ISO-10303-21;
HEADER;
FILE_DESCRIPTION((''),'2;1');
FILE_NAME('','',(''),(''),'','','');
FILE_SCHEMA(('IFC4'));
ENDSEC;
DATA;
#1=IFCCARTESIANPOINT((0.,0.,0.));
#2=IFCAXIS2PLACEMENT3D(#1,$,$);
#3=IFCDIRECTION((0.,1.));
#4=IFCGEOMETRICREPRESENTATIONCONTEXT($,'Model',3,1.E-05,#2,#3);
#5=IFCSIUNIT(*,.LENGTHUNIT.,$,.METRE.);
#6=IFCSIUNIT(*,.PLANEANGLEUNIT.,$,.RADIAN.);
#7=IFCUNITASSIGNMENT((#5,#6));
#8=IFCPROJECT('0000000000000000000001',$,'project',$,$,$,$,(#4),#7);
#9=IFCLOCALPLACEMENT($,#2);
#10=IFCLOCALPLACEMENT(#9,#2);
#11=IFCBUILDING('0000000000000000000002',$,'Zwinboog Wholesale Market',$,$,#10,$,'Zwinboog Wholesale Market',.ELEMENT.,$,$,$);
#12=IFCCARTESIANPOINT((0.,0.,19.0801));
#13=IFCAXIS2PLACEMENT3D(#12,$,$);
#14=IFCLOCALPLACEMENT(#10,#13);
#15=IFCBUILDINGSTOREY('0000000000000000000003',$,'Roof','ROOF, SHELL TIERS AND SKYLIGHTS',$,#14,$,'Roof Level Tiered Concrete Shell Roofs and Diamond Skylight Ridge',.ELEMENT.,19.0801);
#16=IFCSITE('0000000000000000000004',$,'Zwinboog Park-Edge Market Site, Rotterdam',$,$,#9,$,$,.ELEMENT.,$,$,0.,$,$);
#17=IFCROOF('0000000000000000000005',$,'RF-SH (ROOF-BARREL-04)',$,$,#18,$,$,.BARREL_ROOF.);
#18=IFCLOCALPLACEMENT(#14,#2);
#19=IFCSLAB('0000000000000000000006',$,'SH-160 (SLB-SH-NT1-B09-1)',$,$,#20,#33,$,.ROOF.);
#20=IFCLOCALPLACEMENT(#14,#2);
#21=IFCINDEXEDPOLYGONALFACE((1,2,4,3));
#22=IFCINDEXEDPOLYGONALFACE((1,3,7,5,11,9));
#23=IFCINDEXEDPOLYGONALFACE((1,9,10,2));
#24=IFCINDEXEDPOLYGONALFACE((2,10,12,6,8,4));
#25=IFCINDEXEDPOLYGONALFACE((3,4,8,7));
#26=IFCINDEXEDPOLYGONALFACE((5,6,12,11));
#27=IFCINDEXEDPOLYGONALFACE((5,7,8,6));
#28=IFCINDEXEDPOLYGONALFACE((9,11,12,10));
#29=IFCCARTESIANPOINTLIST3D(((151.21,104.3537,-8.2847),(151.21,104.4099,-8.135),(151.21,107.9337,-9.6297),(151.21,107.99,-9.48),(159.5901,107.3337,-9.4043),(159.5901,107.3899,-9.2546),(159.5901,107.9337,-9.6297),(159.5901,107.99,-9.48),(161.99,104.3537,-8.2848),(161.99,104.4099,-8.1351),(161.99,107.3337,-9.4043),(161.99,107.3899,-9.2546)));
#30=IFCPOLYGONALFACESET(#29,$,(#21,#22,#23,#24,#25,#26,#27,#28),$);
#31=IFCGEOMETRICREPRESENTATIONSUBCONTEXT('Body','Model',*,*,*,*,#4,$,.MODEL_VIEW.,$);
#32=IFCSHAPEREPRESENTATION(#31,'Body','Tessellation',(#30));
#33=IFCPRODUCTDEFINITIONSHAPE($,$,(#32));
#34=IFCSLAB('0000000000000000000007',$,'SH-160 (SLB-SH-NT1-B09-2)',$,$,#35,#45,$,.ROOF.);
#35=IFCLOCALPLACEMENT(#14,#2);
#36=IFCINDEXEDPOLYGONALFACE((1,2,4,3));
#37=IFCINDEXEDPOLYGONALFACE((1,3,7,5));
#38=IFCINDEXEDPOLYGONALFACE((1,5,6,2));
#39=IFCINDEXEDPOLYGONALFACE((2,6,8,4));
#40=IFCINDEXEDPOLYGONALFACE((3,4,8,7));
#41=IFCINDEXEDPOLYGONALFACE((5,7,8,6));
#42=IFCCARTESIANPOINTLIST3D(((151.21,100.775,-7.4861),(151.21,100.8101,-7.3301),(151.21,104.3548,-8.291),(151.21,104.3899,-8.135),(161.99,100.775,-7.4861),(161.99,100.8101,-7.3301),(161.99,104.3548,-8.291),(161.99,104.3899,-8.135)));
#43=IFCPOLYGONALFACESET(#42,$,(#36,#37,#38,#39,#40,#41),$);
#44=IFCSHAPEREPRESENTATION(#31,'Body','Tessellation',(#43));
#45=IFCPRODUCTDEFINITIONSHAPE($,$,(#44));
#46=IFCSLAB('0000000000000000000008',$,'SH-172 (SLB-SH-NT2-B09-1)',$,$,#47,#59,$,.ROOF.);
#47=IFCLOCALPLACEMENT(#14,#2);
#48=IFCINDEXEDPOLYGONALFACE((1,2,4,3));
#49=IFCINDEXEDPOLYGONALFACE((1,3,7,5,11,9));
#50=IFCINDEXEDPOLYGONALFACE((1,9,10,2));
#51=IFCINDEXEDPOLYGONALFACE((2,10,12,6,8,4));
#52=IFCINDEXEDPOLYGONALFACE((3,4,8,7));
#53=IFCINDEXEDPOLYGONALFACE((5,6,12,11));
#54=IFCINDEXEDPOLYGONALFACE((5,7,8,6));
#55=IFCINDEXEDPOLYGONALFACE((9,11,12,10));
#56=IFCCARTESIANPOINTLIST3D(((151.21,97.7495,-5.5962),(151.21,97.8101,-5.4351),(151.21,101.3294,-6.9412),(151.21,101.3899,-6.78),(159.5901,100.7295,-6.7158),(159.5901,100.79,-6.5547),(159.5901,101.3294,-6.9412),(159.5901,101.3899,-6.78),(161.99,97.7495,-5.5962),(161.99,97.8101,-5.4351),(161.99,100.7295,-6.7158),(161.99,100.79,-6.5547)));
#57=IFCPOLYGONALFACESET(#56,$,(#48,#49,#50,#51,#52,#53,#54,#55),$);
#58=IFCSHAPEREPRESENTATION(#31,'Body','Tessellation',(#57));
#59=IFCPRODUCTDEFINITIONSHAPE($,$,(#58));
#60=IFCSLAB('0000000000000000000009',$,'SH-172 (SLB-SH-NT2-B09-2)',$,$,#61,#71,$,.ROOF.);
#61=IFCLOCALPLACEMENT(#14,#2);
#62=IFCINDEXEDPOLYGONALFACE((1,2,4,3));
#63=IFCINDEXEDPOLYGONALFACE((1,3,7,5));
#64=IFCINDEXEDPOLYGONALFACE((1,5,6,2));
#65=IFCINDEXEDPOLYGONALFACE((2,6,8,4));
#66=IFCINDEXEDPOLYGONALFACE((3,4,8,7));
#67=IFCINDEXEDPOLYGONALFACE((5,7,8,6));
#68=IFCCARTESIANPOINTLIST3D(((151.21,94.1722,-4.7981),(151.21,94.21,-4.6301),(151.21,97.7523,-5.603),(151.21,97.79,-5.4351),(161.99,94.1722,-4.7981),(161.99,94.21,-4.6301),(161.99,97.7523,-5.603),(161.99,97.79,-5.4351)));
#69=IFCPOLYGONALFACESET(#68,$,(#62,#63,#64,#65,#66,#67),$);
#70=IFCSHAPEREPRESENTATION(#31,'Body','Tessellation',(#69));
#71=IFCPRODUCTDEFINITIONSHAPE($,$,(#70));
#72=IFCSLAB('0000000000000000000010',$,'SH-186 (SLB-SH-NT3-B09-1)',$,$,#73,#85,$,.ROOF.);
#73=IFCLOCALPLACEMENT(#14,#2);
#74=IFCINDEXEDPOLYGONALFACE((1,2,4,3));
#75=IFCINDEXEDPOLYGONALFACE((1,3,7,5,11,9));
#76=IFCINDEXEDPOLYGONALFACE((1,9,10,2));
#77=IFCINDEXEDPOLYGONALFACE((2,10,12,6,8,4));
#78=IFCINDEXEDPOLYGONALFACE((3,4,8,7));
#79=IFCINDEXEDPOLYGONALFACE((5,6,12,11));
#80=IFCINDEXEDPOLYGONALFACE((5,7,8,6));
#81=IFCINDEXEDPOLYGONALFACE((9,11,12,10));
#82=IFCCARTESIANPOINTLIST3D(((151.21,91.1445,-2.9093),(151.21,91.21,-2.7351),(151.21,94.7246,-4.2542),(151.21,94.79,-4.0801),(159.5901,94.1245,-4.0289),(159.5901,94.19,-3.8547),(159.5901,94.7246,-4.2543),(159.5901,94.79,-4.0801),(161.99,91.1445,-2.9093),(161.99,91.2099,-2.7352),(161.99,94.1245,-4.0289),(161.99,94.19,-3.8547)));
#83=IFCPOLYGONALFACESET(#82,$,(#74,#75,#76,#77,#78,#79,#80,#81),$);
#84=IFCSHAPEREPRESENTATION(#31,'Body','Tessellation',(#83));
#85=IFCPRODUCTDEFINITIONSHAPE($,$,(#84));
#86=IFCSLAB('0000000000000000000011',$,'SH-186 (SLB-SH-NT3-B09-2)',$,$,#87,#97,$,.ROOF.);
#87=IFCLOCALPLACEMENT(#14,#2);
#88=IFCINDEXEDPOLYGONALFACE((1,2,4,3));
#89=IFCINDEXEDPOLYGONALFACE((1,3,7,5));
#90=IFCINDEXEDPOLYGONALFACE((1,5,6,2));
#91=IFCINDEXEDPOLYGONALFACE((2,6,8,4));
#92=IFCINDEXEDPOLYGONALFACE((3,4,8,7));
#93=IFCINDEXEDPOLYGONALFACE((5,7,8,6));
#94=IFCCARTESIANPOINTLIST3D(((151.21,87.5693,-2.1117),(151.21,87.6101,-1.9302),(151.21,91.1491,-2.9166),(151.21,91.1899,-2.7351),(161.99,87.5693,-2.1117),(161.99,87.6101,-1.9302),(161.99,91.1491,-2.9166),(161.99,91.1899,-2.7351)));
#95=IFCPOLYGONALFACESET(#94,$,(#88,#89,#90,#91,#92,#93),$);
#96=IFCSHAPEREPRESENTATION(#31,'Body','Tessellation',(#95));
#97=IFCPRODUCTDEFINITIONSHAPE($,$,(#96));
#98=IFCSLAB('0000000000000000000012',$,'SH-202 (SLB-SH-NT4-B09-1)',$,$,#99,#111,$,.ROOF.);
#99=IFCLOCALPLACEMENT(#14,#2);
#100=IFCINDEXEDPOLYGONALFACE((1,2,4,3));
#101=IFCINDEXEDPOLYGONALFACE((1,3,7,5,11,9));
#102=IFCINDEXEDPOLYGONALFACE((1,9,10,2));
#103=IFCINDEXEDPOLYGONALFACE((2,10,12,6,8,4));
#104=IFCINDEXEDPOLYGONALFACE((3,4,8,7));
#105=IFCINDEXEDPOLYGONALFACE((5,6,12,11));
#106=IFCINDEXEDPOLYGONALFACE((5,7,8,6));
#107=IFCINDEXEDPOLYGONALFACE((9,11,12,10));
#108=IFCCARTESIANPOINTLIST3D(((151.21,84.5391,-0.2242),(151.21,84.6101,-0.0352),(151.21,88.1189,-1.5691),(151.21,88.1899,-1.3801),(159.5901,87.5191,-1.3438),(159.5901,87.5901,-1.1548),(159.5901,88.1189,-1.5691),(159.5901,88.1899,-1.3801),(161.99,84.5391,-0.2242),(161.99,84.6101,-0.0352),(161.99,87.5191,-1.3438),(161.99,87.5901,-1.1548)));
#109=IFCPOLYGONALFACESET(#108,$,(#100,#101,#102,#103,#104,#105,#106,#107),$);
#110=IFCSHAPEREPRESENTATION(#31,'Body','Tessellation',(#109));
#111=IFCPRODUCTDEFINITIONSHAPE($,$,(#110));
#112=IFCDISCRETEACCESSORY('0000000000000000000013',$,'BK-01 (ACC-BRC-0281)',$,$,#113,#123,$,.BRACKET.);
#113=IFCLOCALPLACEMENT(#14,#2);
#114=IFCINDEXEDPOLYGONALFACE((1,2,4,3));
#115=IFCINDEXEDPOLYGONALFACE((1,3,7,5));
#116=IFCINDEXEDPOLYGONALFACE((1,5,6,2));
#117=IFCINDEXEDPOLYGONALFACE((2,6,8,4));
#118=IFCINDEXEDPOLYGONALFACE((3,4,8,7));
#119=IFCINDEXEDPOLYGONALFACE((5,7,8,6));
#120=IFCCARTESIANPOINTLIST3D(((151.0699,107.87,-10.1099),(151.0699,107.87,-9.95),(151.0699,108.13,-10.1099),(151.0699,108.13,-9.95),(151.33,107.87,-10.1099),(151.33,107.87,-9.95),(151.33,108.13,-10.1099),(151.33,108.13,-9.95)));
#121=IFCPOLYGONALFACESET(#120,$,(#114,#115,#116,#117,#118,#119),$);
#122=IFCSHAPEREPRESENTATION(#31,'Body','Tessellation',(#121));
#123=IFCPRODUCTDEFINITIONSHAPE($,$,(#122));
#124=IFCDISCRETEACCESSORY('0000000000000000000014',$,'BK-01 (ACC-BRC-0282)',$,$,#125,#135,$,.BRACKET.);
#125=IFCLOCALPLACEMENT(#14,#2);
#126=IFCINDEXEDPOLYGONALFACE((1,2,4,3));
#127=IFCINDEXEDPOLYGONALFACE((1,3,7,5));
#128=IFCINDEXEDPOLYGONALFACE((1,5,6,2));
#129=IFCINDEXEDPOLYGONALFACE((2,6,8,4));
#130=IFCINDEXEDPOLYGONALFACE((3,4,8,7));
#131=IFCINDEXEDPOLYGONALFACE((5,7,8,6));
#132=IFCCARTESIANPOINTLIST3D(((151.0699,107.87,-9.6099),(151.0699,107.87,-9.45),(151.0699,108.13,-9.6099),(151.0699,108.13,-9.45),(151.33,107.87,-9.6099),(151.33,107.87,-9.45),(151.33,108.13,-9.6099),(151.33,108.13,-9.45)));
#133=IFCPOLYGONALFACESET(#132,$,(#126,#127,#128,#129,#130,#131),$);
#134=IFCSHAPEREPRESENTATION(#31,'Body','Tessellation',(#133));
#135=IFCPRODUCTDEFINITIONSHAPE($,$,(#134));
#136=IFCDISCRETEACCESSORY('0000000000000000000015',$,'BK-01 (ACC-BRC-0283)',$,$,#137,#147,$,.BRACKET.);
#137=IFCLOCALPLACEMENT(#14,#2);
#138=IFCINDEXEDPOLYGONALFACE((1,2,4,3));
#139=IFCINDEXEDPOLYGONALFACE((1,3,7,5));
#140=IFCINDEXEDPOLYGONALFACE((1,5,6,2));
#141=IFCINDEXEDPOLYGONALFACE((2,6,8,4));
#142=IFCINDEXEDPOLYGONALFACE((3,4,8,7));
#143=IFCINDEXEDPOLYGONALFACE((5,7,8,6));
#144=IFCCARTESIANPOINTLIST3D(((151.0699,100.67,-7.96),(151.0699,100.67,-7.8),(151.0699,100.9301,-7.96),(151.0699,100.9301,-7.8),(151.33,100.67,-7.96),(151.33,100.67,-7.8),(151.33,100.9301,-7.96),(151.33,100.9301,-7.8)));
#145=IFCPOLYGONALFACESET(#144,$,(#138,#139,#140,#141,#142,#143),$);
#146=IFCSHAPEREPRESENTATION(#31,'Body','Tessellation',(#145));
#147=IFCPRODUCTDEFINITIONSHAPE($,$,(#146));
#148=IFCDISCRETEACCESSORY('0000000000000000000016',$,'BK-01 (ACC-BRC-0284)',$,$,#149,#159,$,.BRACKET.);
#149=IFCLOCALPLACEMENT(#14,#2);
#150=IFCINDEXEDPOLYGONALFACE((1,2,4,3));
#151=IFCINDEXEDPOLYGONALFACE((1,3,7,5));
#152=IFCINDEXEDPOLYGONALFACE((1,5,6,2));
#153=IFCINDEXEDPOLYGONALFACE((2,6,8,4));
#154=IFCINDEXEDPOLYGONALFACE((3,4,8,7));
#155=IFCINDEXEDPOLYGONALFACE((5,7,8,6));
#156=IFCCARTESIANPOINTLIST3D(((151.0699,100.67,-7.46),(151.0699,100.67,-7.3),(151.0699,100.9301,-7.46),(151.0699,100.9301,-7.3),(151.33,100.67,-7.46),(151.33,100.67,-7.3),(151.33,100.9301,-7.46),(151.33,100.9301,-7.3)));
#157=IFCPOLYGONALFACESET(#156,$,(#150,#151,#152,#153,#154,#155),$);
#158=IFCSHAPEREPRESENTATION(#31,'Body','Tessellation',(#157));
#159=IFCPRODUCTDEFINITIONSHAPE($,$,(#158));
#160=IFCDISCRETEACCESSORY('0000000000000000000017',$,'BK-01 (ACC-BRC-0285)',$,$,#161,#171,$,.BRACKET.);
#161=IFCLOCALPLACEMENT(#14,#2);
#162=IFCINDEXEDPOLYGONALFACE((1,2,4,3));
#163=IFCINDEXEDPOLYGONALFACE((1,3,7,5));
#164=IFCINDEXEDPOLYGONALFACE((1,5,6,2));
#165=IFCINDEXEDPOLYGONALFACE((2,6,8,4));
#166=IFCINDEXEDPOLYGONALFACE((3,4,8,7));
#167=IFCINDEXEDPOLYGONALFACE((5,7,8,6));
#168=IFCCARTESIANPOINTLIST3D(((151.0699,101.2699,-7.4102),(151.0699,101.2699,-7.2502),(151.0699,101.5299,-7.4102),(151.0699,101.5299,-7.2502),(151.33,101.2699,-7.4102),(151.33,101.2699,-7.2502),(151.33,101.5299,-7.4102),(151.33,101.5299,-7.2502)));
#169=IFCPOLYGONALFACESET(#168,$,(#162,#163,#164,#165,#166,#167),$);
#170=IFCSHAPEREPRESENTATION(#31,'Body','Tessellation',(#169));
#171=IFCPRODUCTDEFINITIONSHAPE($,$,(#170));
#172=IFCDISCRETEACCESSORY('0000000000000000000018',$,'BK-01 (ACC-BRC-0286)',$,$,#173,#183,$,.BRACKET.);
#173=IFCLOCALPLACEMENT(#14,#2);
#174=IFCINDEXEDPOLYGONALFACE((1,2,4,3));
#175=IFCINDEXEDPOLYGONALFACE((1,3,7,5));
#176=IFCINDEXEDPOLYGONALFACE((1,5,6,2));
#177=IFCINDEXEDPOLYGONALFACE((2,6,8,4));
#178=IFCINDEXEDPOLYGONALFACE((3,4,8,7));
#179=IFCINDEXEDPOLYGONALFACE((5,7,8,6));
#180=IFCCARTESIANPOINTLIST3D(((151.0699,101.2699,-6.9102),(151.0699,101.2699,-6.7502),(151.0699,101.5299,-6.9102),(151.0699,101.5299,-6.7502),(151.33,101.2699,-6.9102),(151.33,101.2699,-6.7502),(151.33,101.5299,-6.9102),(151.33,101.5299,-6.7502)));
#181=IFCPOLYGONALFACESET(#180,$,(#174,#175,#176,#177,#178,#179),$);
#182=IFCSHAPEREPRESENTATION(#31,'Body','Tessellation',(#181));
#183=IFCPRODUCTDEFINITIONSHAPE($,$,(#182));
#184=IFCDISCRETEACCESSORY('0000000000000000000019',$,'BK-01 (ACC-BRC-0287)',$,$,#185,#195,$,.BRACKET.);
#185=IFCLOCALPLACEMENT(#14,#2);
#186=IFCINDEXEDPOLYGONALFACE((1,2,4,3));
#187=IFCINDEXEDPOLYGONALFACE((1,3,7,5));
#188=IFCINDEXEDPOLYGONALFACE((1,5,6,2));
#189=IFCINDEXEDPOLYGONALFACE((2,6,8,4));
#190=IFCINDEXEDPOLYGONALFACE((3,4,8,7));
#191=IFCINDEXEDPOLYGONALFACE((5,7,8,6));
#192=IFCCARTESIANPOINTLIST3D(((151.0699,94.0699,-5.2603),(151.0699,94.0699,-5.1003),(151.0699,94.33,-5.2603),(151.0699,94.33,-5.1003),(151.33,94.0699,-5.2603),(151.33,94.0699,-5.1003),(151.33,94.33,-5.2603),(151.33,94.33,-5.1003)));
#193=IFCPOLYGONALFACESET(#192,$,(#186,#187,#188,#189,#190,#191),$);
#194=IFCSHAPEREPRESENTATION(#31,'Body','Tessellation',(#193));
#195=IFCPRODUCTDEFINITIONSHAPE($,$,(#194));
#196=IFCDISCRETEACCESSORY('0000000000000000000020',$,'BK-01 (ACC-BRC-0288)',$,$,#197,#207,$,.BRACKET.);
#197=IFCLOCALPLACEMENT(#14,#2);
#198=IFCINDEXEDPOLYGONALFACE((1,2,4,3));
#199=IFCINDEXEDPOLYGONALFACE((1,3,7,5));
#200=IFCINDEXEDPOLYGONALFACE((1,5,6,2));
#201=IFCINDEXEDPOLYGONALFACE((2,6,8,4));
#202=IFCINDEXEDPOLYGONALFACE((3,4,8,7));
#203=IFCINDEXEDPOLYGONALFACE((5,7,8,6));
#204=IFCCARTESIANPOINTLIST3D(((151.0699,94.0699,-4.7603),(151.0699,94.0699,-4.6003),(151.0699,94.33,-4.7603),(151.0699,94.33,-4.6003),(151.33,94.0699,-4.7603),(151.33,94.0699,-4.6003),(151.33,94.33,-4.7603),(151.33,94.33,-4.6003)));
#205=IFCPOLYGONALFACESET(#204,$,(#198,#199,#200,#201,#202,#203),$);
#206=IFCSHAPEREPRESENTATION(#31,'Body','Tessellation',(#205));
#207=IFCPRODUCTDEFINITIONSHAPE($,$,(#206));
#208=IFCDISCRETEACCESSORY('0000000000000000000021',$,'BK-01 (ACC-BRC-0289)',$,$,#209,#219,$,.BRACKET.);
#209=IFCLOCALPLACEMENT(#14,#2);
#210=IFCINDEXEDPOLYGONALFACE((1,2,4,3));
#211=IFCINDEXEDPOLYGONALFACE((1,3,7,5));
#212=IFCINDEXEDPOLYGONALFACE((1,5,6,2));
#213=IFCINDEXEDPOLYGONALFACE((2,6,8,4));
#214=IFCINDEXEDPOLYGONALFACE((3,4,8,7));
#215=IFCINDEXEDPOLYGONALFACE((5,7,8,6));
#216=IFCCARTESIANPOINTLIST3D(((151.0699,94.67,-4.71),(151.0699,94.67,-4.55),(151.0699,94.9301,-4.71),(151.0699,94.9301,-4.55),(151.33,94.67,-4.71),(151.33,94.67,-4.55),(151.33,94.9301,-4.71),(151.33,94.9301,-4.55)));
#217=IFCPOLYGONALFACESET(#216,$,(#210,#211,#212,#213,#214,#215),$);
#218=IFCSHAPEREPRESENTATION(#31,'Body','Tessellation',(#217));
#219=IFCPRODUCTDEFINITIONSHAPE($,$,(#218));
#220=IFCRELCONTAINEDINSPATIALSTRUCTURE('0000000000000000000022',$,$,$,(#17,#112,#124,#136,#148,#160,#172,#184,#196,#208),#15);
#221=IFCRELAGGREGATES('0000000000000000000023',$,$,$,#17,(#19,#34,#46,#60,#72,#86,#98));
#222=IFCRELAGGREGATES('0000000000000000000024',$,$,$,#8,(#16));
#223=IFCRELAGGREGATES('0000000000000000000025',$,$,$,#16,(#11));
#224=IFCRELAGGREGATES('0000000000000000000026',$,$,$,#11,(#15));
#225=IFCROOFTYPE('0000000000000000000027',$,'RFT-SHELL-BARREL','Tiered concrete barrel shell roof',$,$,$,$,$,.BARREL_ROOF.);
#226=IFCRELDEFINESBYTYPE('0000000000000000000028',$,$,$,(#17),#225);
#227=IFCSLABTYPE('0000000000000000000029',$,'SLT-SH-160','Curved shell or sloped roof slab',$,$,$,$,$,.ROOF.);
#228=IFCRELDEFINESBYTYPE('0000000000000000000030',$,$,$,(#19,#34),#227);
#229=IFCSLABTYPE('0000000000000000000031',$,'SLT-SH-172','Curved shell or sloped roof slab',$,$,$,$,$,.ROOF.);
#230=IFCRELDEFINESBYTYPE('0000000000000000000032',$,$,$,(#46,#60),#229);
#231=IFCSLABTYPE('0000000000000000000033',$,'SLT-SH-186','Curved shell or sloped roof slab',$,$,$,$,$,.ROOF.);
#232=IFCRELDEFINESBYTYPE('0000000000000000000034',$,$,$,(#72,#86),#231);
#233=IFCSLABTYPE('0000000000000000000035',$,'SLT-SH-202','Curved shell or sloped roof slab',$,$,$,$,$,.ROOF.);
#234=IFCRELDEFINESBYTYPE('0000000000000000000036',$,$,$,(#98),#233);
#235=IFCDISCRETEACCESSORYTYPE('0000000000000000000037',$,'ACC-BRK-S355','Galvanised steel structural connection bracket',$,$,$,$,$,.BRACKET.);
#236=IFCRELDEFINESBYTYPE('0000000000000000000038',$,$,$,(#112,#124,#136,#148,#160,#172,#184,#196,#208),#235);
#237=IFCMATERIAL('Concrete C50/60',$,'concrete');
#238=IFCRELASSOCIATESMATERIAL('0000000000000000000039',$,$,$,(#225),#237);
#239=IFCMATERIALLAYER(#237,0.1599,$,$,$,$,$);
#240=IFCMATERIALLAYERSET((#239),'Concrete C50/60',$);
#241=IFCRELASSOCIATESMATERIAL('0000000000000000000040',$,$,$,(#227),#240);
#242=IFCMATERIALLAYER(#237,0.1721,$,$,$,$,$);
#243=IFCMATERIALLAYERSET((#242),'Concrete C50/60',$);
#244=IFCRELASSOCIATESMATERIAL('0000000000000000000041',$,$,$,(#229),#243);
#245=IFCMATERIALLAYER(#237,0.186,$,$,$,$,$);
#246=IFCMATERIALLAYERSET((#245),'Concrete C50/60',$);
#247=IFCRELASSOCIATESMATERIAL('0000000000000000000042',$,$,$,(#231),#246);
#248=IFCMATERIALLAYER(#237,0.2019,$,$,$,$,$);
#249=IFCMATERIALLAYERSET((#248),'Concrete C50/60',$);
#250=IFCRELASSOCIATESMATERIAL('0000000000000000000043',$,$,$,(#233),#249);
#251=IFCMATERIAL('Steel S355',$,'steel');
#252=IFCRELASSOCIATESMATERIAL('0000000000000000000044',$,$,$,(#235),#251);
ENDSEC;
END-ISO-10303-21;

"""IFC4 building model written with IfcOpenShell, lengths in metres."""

from ifc_helpers import new_model, si_unit, direction, frame, origin, origin_2d, place, context, subcontext, project, spatial, polyline, rectangle, outline, extrude, material, layer, layer_set, type_object, element, aggregate, save


model = new_model("IFC4")

# Units and contexts
model_context = context("Model", 3, precision=1e-05, world=origin(), true_north=direction((0.0, 1.0)))
body_context = subcontext(model_context, "Body", "Model", "MODEL_VIEW")
ifc_project = project(units=[si_unit("LENGTHUNIT", "METRE"), si_unit("PLANEANGLEUNIT", "RADIAN")], contexts=[model_context])

# Site, building, storey
site_placement = place(None, origin())
site = spatial("IfcSite", under=ifc_project, at=site_placement, Name="Zwinboog Park-Edge Market Site, Rotterdam", CompositionType="ELEMENT", RefElevation=0.0)
building_placement = place(site_placement, origin())
building = spatial("IfcBuilding", under=site, at=building_placement, Name="Zwinboog Wholesale Market", LongName="Zwinboog Wholesale Market", CompositionType="ELEMENT")
storey_placement = place(building_placement, frame((0.0, 0.0, 19.0801)))
storey = spatial("IfcBuildingStorey", under=building, at=storey_placement, Name="Roof", Description="ROOF, SHELL TIERS AND SKYLIGHTS", LongName="Roof Level Tiered Concrete Shell Roofs and Diamond Skylight Ridge", CompositionType="ELEMENT", Elevation=19.0801)

# Shared definitions
ifc_material_1 = material(Name="Steel S355", Category="steel")

# Roof, slabs
ifc_material_2 = material(Name="Concrete C50/60", Category="concrete")
roof_type = type_object("IfcRoofType", Name="RFT-SHELL-BARREL", Description="Tiered concrete barrel shell roof", PredefinedType="BARREL_ROOF", material=ifc_material_2)
roof_placement = place(storey_placement, origin())
roof = element("IfcRoof", 1, at=roof_placement, inside=storey, type_object=roof_type, Name="RF-SH (ROOF-BARREL-04)", PredefinedType="BARREL_ROOF")
ifc_layer_1 = layer(ifc_material_2, 0.1599)
ifc_layer_set_1 = layer_set([ifc_layer_1], Name="Concrete C50/60")
slab_type_1 = type_object("IfcSlabType", Name="SLT-SH-160", Description="Curved shell or sloped roof slab", PredefinedType="ROOF", material=ifc_layer_set_1)
slab_1_placement = place(storey_placement, frame((151.21, 104.4099, -8.135), z_axis=(0.000005, 0.351689, 0.936117), x_axis=(1.0, -0.000002, -0.000004)))
slab_1 = element("IfcSlab", 2, at=slab_1_placement, type_object=slab_type_1, Name="SH-160 (SLB-SH-NT1-B09-1)", PredefinedType="ROOF", context=body_context, shape_type="SweptSolid", body=[
    extrude(outline(polyline([(0.0, 0.0), (10.78, 0.0), (10.78, 3.1834), (8.3801, 3.1834), (8.3801, 3.8244), (0.0, 3.8244), (0.0, 0.0)])), origin(), (0.0, 0.0, -1.0), 0.1599),
])
slab_2_placement = place(storey_placement, frame((151.21, 100.8101, -7.3301), z_axis=(0.0, 0.219374, 0.975641), x_axis=(1.0, 0.0, 0.0)))
slab_2 = element("IfcSlab", 3, at=slab_2_placement, type_object=slab_type_1, Name="SH-160 (SLB-SH-NT1-B09-2)", PredefinedType="ROOF", context=body_context, shape_type="SweptSolid", body=[
    extrude(outline(polyline([(0.0, 0.0), (10.78, 0.0), (10.78, 3.6692), (0.0, 3.6692), (0.0, 0.0)])), origin(), (0.0, 0.0, -1.0), 0.1599),
])
ifc_layer_2 = layer(ifc_material_2, 0.1721)
ifc_layer_set_2 = layer_set([ifc_layer_2], Name="Concrete C50/60")
slab_type_2 = type_object("IfcSlabType", Name="SLT-SH-172", Description="Curved shell or sloped roof slab", PredefinedType="ROOF", material=ifc_layer_set_2)
slab_3_placement = place(storey_placement, frame((151.21, 97.8101, -5.4351), z_axis=(0.000001, 0.351706, 0.936111), x_axis=(1.0, 0.0, -0.000001)))
slab_3 = element("IfcSlab", 4, at=slab_3_placement, type_object=slab_type_2, Name="SH-172 (SLB-SH-NT2-B09-1)", PredefinedType="ROOF", context=body_context, shape_type="SweptSolid", body=[
    extrude(outline(polyline([(0.0, 0.0), (10.78, 0.0), (10.78, 3.1834), (8.3801, 3.1834), (8.3801, 3.8242), (0.0, 3.8242), (0.0, 0.0)])), origin(), (0.0, 0.0, -1.0), 0.1721),
])
slab_4_placement = place(storey_placement, frame((151.21, 94.21, -4.6301), z_axis=(0.0, 0.21936, 0.975644), x_axis=(1.0, 0.0, 0.0)))
slab_4 = element("IfcSlab", 5, at=slab_4_placement, type_object=slab_type_2, Name="SH-172 (SLB-SH-NT2-B09-2)", PredefinedType="ROOF", context=body_context, shape_type="SweptSolid", body=[
    extrude(outline(polyline([(0.0, 0.0), (10.78, 0.0), (10.78, 3.6695), (0.0, 3.6695), (0.0, 0.0)])), origin(), (0.0, 0.0, -1.0), 0.1721),
])
ifc_layer_3 = layer(ifc_material_2, 0.186)
ifc_layer_set_3 = layer_set([ifc_layer_3], Name="Concrete C50/60")
slab_type_3 = type_object("IfcSlabType", Name="SLT-SH-186", Description="Curved shell or sloped roof slab", PredefinedType="ROOF", material=ifc_layer_set_3)
slab_5_placement = place(storey_placement, frame((151.21, 91.21, -2.7351), z_axis=(0.000005, 0.351689, 0.936117), x_axis=(1.0, -0.000002, -0.000004)))
slab_5 = element("IfcSlab", 6, at=slab_5_placement, type_object=slab_type_3, Name="SH-186 (SLB-SH-NT3-B09-1)", PredefinedType="ROOF", context=body_context, shape_type="SweptSolid", body=[
    extrude(outline(polyline([(0.0, 0.0), (10.78, 0.0), (10.78, 3.1834), (8.3801, 3.1834), (8.3801, 3.8244), (0.0, 3.8244), (0.0, 0.0)])), origin(), (0.0, 0.0, -1.0), 0.186),
])
slab_6_placement = place(storey_placement, frame((151.21, 87.6101, -1.9302), z_axis=(0.0, 0.219374, 0.975641), x_axis=(1.0, 0.0, 0.0)))
slab_6 = element("IfcSlab", 7, at=slab_6_placement, type_object=slab_type_3, Name="SH-186 (SLB-SH-NT3-B09-2)", PredefinedType="ROOF", context=body_context, shape_type="SweptSolid", body=[
    extrude(outline(polyline([(0.0, 0.0), (10.78, 0.0), (10.78, 3.6692), (0.0, 3.6692), (0.0, 0.0)])), origin(), (0.0, 0.0, -1.0), 0.186),
])
ifc_layer_4 = layer(ifc_material_2, 0.2019)
ifc_layer_set_4 = layer_set([ifc_layer_4], Name="Concrete C50/60")
slab_type_4 = type_object("IfcSlabType", Name="SLT-SH-202", Description="Curved shell or sloped roof slab", PredefinedType="ROOF", material=ifc_layer_set_4)
slab_7_placement = place(storey_placement, frame((151.21, 84.6101, -0.0352), z_axis=(0.000001, 0.351706, 0.936111), x_axis=(1.0, 0.0, -0.000001)))
slab_7 = element("IfcSlab", 8, at=slab_7_placement, type_object=slab_type_4, Name="SH-202 (SLB-SH-NT4-B09-1)", PredefinedType="ROOF", context=body_context, shape_type="SweptSolid", body=[
    extrude(outline(polyline([(0.0, 0.0), (10.78, 0.0), (10.78, 3.1834), (8.3801, 3.1834), (8.3801, 3.8242), (0.0, 3.8242), (0.0, 0.0)])), origin(), (0.0, 0.0, -1.0), 0.2019),
])
aggregate(roof, [slab_1, slab_2, slab_3, slab_4, slab_5, slab_6, slab_7])

# Discrete accessories
discrete_accessory_type = type_object("IfcDiscreteAccessoryType", Name="ACC-BRK-S355", Description="Galvanised steel structural connection bracket", PredefinedType="BRACKET", material=ifc_material_1)
for number, where, z_axis, x_axis, name in (
    (9, (151.2, 108.0, -10.1099), (0.0, 0.0, 1.0), (1.0, 0.0, 0.0), "BK-01 (ACC-BRC-0281)"),
    (10, (151.2, 108.0, -9.6099), (0.0, 0.0, 1.0), (1.0, 0.0, 0.0), "BK-01 (ACC-BRC-0282)"),
    (11, (151.2, 100.8, -7.96), (0.0, 0.0, 1.0), (1.0, 0.0, 0.0), "BK-01 (ACC-BRC-0283)"),
    (12, (151.2, 100.8, -7.46), (0.0, 0.0, 1.0), (1.0, 0.0, 0.0), "BK-01 (ACC-BRC-0284)"),
    (13, (151.2, 101.3999, -7.4102), (0.0, 0.0, 1.0), (1.0, 0.0, 0.0), "BK-01 (ACC-BRC-0285)"),
    (14, (151.2, 101.3999, -6.9102), (0.0, 0.0, 1.0), (1.0, 0.0, 0.0), "BK-01 (ACC-BRC-0286)"),
    (15, (151.2, 94.2, -5.2603), (0.0, 0.0, 1.0), (1.0, 0.0, 0.0), "BK-01 (ACC-BRC-0287)"),
    (16, (151.2, 94.2, -4.7603), (0.0, 0.0, 1.0), (1.0, 0.0, 0.0), "BK-01 (ACC-BRC-0288)"),
    (17, (151.2, 94.8, -4.71), (0.0, 0.0, 1.0), (1.0, 0.0, 0.0), "BK-01 (ACC-BRC-0289)"),
):
    element("IfcDiscreteAccessory", number, at=place(storey_placement, frame(where, z_axis=z_axis, x_axis=x_axis)), inside=storey, type_object=discrete_accessory_type, Name=name, PredefinedType="BRACKET", context=body_context, shape_type="SweptSolid", body=[
        extrude(rectangle(XDim=0.26, YDim=0.26, at=origin_2d()), origin(), (0.0, 0.0, 1.0), 0.1599),
    ])

save(model, "model.ifc")
